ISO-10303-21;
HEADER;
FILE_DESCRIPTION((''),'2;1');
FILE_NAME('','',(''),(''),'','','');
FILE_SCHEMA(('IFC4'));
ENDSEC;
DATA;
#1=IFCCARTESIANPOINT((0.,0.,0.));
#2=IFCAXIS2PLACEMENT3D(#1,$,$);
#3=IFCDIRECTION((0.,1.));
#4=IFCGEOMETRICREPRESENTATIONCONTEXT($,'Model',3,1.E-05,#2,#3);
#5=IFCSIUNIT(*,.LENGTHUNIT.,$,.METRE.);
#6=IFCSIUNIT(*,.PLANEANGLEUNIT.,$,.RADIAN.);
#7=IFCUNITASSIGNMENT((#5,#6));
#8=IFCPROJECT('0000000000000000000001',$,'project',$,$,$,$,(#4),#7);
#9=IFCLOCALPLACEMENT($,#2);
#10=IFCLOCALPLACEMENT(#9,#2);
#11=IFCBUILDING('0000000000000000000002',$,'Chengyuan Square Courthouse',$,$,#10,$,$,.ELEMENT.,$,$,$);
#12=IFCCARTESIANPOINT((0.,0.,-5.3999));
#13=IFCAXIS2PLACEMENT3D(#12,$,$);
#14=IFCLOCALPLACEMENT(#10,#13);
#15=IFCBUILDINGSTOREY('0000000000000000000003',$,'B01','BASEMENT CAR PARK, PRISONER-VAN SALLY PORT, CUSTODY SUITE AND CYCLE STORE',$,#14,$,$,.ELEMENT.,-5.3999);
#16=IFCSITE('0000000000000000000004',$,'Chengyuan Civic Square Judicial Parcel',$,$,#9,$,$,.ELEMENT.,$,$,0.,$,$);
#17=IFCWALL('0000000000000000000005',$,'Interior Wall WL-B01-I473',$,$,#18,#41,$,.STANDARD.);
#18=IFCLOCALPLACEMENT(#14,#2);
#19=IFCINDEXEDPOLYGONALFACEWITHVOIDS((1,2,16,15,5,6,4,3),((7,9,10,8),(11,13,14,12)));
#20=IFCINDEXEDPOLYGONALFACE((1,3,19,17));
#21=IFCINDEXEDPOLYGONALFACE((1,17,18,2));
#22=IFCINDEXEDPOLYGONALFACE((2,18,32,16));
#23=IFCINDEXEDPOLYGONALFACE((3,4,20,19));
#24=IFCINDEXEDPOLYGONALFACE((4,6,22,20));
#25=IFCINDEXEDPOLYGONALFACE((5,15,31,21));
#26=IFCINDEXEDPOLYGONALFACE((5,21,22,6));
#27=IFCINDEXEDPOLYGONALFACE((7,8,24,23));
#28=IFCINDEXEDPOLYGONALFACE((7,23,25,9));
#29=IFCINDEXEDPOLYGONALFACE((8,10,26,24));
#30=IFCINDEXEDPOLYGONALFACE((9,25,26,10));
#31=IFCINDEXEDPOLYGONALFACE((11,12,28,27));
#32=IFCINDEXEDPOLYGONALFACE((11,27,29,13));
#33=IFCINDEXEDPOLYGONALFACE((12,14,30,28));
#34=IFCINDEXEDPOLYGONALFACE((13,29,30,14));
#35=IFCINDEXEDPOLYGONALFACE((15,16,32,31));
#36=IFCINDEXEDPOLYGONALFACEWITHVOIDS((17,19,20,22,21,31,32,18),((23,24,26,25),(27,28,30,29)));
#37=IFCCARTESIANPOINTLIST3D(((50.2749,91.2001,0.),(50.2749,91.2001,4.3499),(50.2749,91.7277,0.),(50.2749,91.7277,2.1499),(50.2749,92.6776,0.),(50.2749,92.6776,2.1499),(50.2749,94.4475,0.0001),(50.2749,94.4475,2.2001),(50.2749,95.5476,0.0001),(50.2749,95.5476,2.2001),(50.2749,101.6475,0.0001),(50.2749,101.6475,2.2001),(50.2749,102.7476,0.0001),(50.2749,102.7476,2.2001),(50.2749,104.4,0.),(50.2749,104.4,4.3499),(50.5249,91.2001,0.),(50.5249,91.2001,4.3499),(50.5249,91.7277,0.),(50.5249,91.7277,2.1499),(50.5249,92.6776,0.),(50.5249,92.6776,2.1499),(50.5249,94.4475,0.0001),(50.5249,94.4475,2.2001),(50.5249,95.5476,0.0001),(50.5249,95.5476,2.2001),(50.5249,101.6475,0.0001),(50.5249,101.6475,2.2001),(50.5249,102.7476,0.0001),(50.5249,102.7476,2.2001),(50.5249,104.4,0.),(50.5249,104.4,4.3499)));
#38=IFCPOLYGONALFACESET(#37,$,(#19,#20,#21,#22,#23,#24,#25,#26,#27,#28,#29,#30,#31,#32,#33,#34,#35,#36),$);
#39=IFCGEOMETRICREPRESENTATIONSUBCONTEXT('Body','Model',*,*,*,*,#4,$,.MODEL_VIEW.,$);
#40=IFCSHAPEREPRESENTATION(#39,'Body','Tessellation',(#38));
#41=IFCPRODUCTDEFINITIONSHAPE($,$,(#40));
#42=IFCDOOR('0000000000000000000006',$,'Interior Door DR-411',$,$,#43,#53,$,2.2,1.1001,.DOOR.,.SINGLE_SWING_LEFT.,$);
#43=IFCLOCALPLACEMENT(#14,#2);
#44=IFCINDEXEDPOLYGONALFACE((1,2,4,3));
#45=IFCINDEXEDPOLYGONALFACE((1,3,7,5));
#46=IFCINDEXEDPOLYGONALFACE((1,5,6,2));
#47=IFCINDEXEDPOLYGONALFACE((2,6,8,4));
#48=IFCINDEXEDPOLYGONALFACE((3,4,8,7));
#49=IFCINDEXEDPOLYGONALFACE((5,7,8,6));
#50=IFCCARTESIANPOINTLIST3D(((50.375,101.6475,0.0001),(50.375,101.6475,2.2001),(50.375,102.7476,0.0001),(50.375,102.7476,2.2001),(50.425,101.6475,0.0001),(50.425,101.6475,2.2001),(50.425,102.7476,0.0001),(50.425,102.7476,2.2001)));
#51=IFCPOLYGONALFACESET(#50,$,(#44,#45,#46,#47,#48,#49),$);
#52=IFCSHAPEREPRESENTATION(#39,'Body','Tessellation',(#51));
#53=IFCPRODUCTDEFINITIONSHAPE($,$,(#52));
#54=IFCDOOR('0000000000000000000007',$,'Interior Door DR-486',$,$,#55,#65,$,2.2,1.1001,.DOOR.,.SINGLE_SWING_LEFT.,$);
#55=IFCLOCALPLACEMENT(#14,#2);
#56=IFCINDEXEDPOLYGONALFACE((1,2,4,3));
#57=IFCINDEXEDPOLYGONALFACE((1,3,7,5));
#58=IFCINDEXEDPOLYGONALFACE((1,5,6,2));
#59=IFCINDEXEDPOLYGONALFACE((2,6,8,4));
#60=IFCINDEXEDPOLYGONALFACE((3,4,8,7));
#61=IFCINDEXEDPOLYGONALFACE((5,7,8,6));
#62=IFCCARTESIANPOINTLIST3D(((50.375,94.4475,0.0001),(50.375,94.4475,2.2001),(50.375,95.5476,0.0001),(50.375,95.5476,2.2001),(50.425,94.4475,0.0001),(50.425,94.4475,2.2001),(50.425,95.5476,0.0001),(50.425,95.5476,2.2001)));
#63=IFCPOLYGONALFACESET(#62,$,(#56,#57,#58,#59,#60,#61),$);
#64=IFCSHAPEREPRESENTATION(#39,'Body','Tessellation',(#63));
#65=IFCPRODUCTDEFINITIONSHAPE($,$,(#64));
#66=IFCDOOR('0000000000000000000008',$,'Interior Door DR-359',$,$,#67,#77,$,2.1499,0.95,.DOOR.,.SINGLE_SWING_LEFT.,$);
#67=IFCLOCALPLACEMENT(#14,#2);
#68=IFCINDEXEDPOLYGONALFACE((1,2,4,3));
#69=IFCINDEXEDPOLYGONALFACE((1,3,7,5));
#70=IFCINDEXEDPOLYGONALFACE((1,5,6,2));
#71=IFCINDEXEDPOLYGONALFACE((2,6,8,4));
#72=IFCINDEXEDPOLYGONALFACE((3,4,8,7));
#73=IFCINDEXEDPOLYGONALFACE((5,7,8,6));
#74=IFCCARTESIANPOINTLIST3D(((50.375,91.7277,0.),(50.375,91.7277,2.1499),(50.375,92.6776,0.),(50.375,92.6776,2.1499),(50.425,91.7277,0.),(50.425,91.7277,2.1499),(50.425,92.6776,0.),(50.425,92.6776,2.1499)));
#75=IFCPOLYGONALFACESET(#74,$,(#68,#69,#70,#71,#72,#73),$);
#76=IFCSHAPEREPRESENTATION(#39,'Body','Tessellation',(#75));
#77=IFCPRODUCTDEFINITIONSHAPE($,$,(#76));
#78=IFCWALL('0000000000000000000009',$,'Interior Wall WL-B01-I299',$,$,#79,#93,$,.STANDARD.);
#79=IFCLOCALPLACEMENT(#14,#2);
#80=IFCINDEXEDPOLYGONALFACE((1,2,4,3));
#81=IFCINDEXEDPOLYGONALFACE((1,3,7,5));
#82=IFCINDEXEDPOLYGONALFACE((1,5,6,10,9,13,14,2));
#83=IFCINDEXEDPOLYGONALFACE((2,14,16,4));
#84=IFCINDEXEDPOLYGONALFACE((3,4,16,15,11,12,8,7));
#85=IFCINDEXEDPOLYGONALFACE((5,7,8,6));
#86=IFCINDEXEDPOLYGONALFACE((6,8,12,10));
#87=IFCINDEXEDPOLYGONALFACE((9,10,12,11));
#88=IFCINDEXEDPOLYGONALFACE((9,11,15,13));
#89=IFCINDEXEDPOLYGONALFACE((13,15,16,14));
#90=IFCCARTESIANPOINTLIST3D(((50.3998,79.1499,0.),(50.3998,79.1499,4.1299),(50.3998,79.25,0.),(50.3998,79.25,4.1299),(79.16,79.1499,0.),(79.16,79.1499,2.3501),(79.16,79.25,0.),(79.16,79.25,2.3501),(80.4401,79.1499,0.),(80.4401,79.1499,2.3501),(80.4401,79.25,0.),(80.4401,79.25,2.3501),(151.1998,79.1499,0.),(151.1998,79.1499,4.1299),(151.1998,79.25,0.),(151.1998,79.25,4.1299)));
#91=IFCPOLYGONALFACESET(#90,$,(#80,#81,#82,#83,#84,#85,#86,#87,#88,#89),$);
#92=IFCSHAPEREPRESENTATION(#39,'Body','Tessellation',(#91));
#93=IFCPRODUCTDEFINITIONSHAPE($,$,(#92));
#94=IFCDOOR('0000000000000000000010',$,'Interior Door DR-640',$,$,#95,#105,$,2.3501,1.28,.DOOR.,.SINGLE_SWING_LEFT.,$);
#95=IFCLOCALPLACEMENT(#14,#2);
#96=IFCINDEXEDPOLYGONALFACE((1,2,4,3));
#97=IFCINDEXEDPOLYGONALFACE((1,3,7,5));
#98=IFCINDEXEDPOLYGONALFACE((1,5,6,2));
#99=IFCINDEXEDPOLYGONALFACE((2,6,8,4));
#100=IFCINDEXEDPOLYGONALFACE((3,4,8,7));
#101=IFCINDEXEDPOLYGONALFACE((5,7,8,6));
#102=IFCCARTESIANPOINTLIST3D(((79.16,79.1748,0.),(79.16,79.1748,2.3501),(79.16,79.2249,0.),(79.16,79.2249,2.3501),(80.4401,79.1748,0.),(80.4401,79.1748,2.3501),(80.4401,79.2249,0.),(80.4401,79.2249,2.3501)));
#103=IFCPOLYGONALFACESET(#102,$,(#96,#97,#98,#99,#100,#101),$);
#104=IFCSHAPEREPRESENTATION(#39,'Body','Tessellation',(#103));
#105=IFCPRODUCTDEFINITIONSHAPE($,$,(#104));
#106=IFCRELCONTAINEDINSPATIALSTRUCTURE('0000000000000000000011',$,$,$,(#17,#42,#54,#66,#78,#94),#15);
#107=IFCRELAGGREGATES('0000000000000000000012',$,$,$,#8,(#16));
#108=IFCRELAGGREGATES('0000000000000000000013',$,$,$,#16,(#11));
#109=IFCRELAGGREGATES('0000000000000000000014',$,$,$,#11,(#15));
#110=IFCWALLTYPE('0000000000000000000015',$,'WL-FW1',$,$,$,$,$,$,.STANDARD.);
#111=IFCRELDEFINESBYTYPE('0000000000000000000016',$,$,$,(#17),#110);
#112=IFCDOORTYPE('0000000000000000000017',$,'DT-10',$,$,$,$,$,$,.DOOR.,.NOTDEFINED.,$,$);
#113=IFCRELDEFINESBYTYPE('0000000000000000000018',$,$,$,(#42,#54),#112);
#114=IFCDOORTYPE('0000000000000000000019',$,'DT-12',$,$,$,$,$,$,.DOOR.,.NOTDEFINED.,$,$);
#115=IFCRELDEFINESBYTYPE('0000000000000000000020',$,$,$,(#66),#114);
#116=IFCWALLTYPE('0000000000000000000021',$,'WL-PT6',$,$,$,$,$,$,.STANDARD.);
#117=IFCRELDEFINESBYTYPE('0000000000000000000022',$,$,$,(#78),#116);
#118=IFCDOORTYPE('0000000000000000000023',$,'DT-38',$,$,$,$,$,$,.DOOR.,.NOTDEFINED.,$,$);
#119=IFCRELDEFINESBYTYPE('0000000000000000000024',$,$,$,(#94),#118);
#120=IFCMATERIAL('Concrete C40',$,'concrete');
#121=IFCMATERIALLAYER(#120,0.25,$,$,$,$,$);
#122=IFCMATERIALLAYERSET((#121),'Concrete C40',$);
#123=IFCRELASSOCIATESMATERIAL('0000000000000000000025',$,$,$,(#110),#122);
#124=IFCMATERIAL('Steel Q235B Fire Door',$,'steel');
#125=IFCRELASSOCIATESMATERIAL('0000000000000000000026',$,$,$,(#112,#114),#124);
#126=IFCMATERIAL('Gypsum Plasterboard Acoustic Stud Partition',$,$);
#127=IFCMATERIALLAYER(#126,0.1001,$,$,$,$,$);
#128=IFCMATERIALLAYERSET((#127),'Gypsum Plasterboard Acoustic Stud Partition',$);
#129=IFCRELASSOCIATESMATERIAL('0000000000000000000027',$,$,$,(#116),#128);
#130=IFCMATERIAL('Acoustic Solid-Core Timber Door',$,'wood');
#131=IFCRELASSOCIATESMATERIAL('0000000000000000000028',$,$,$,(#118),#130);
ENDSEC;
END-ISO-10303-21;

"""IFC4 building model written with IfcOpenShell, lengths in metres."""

from ifc_helpers import new_model, si_unit, direction, frame, frame_2d, origin, place, context, subcontext, project, spatial, rectangle, extrude, material, layer, layer_set, type_object, element, fill, save


model = new_model("IFC4")

# Units and contexts
model_context = context("Model", 3, precision=1e-05, world=origin(), true_north=direction((0.0, 1.0)))
body_context = subcontext(model_context, "Body", "Model", "MODEL_VIEW")
ifc_project = project(units=[si_unit("LENGTHUNIT", "METRE"), si_unit("PLANEANGLEUNIT", "RADIAN")], contexts=[model_context])

# Site, building, storey
site_placement = place(None, origin())
site = spatial("IfcSite", under=ifc_project, at=site_placement, Name="Chengyuan Civic Square Judicial Parcel", CompositionType="ELEMENT", RefElevation=0.0)
building_placement = place(site_placement, origin())
building = spatial("IfcBuilding", under=site, at=building_placement, Name="Chengyuan Square Courthouse", CompositionType="ELEMENT")
storey_placement = place(building_placement, frame((0.0, 0.0, -5.3999)))
storey = spatial("IfcBuildingStorey", under=building, at=storey_placement, Name="B01", Description="BASEMENT CAR PARK, PRISONER-VAN SALLY PORT, CUSTODY SUITE AND CYCLE STORE", CompositionType="ELEMENT", Elevation=-5.3999)

# Shared definitions
ifc_material_1 = material(Name="Concrete C40", Category="concrete")

# Wall, openings, doors
ifc_layer_1 = layer(ifc_material_1, 0.25)
ifc_layer_set_1 = layer_set([ifc_layer_1], Name="Concrete C40")
wall_type_1 = type_object("IfcWallType", Name="WL-FW1", PredefinedType="STANDARD", material=ifc_layer_set_1)
wall_1_placement = place(storey_placement, frame((50.3999, 91.2, 0.0), z_axis=(0.0, 0.0, 1.0), x_axis=(0.0, 1.0, 0.0)))
wall_1 = element("IfcWall", 1, at=wall_1_placement, inside=storey, type_object=wall_type_1, Name="Interior Wall WL-B01-I473", PredefinedType="STANDARD", context=body_context, shape_type="SweptSolid", body=[
    extrude(rectangle(XDim=13.2, YDim=0.25, at=frame_2d((6.6001, 0.0))), origin(), (0.0, 0.0, 1.0), 4.3499),
])
opening_1_placement = place(wall_1_placement, frame((0.5276, 0.0, 0.0)))
opening_1 = element("IfcOpeningElement", 2, at=opening_1_placement, cuts=wall_1, PredefinedType="OPENING", context=body_context, shape_type="SweptSolid", body=[
    extrude(rectangle(XDim=0.95, YDim=2.1499, at=frame_2d((0.4751, 1.075))), frame((0.0, 0.137, 0.0), z_axis=(0.0, -1.0, 0.0), x_axis=(1.0, 0.0, 0.0)), (0.0, 0.0, 1.0), 0.2739),
])
opening_2_placement = place(wall_1_placement, frame((10.4475, 0.0, 0.0)))
opening_2 = element("IfcOpeningElement", 3, at=opening_2_placement, cuts=wall_1, PredefinedType="OPENING", context=body_context, shape_type="SweptSolid", body=[
    extrude(rectangle(XDim=1.1001, YDim=2.2, at=frame_2d((0.55, 1.1001))), frame((0.0, 0.137, 0.0), z_axis=(0.0, -1.0, 0.0), x_axis=(1.0, 0.0, 0.0)), (0.0, 0.0, 1.0), 0.2739),
])
opening_3_placement = place(wall_1_placement, frame((3.2476, 0.0, 0.0)))
opening_3 = element("IfcOpeningElement", 4, at=opening_3_placement, cuts=wall_1, PredefinedType="OPENING", context=body_context, shape_type="SweptSolid", body=[
    extrude(rectangle(XDim=1.1001, YDim=2.2, at=frame_2d((0.55, 1.1001))), frame((0.0, 0.137, 0.0), z_axis=(0.0, -1.0, 0.0), x_axis=(1.0, 0.0, 0.0)), (0.0, 0.0, 1.0), 0.2739),
])
ifc_material_2 = material(Name="Steel Q235B Fire Door", Category="steel")
door_type_1 = type_object("IfcDoorType", Name="DT-10", OperationType="NOTDEFINED", PredefinedType="DOOR", material=ifc_material_2)
door_1_placement = place(opening_2_placement, origin())
door_1 = element("IfcDoor", 5, at=door_1_placement, inside=storey, type_object=door_type_1, Name="Interior Door DR-411", OperationType="SINGLE_SWING_LEFT", OverallHeight=2.2, OverallWidth=1.1001, PredefinedType="DOOR", context=body_context, shape_type="SweptSolid", body=[
    extrude(rectangle(XDim=1.1001, YDim=2.2, at=frame_2d((0.55, 1.1001))), frame((0.0, 0.0249, 0.0), z_axis=(0.0, -1.0, 0.0), x_axis=(1.0, 0.0, 0.0)), (0.0, 0.0, 1.0), 0.05),
])
fill(opening_2, door_1)
door_2_placement = place(opening_3_placement, origin())
door_2 = element("IfcDoor", 6, at=door_2_placement, inside=storey, type_object=door_type_1, Name="Interior Door DR-486", OperationType="SINGLE_SWING_LEFT", OverallHeight=2.2, OverallWidth=1.1001, PredefinedType="DOOR", context=body_context, shape_type="SweptSolid", body=[
    extrude(rectangle(XDim=1.1001, YDim=2.2, at=frame_2d((0.55, 1.1001))), frame((0.0, 0.0249, 0.0), z_axis=(0.0, -1.0, 0.0), x_axis=(1.0, 0.0, 0.0)), (0.0, 0.0, 1.0), 0.05),
])
fill(opening_3, door_2)
door_type_2 = type_object("IfcDoorType", Name="DT-12", OperationType="NOTDEFINED", PredefinedType="DOOR", material=ifc_material_2)
door_3_placement = place(opening_1_placement, origin())
door_3 = element("IfcDoor", 7, at=door_3_placement, inside=storey, type_object=door_type_2, Name="Interior Door DR-359", OperationType="SINGLE_SWING_LEFT", OverallHeight=2.1499, OverallWidth=0.95, PredefinedType="DOOR", context=body_context, shape_type="SweptSolid", body=[
    extrude(rectangle(XDim=0.95, YDim=2.1499, at=frame_2d((0.4751, 1.075))), frame((0.0, 0.0249, 0.0), z_axis=(0.0, -1.0, 0.0), x_axis=(1.0, 0.0, 0.0)), (0.0, 0.0, 1.0), 0.05),
])
fill(opening_1, door_3)

# Wall, opening, door
ifc_material_3 = material(Name="Gypsum Plasterboard Acoustic Stud Partition")
ifc_layer_2 = layer(ifc_material_3, 0.1001)
ifc_layer_set_2 = layer_set([ifc_layer_2], Name="Gypsum Plasterboard Acoustic Stud Partition")
wall_type_2 = type_object("IfcWallType", Name="WL-PT6", PredefinedType="STANDARD", material=ifc_layer_set_2)
wall_2_placement = place(storey_placement, frame((50.3999, 79.2, 0.0), z_axis=(0.0, 0.0, 1.0), x_axis=(1.0, 0.0, 0.0)))
wall_2 = element("IfcWall", 8, at=wall_2_placement, inside=storey, type_object=wall_type_2, Name="Interior Wall WL-B01-I299", PredefinedType="STANDARD", context=body_context, shape_type="SweptSolid", body=[
    extrude(rectangle(XDim=100.8, YDim=0.1001, at=frame_2d((50.3999, 0.0))), origin(), (0.0, 0.0, 1.0), 4.1299),
])
opening_4_placement = place(wall_2_placement, frame((28.76, 0.0, 0.0)))
opening_4 = element("IfcOpeningElement", 9, at=opening_4_placement, cuts=wall_2, PredefinedType="OPENING", context=body_context, shape_type="SweptSolid", body=[
    extrude(rectangle(XDim=1.28, YDim=2.3501, at=frame_2d((0.6401, 1.175))), frame((0.0, 0.062, 0.0), z_axis=(0.0, -1.0, 0.0), x_axis=(1.0, 0.0, 0.0)), (0.0, 0.0, 1.0), 0.124),
])
ifc_material_4 = material(Name="Acoustic Solid-Core Timber Door", Category="wood")
door_type_3 = type_object("IfcDoorType", Name="DT-38", OperationType="NOTDEFINED", PredefinedType="DOOR", material=ifc_material_4)
door_4_placement = place(opening_4_placement, origin())
door_4 = element("IfcDoor", 10, at=door_4_placement, inside=storey, type_object=door_type_3, Name="Interior Door DR-640", OperationType="SINGLE_SWING_LEFT", OverallHeight=2.3501, OverallWidth=1.28, PredefinedType="DOOR", context=body_context, shape_type="SweptSolid", body=[
    extrude(rectangle(XDim=1.28, YDim=2.3501, at=frame_2d((0.6401, 1.175))), frame((0.0, 0.0249, 0.0), z_axis=(0.0, -1.0, 0.0), x_axis=(1.0, 0.0, 0.0)), (0.0, 0.0, 1.0), 0.05),
])
fill(opening_4, door_4)

save(model, "model.ifc")
